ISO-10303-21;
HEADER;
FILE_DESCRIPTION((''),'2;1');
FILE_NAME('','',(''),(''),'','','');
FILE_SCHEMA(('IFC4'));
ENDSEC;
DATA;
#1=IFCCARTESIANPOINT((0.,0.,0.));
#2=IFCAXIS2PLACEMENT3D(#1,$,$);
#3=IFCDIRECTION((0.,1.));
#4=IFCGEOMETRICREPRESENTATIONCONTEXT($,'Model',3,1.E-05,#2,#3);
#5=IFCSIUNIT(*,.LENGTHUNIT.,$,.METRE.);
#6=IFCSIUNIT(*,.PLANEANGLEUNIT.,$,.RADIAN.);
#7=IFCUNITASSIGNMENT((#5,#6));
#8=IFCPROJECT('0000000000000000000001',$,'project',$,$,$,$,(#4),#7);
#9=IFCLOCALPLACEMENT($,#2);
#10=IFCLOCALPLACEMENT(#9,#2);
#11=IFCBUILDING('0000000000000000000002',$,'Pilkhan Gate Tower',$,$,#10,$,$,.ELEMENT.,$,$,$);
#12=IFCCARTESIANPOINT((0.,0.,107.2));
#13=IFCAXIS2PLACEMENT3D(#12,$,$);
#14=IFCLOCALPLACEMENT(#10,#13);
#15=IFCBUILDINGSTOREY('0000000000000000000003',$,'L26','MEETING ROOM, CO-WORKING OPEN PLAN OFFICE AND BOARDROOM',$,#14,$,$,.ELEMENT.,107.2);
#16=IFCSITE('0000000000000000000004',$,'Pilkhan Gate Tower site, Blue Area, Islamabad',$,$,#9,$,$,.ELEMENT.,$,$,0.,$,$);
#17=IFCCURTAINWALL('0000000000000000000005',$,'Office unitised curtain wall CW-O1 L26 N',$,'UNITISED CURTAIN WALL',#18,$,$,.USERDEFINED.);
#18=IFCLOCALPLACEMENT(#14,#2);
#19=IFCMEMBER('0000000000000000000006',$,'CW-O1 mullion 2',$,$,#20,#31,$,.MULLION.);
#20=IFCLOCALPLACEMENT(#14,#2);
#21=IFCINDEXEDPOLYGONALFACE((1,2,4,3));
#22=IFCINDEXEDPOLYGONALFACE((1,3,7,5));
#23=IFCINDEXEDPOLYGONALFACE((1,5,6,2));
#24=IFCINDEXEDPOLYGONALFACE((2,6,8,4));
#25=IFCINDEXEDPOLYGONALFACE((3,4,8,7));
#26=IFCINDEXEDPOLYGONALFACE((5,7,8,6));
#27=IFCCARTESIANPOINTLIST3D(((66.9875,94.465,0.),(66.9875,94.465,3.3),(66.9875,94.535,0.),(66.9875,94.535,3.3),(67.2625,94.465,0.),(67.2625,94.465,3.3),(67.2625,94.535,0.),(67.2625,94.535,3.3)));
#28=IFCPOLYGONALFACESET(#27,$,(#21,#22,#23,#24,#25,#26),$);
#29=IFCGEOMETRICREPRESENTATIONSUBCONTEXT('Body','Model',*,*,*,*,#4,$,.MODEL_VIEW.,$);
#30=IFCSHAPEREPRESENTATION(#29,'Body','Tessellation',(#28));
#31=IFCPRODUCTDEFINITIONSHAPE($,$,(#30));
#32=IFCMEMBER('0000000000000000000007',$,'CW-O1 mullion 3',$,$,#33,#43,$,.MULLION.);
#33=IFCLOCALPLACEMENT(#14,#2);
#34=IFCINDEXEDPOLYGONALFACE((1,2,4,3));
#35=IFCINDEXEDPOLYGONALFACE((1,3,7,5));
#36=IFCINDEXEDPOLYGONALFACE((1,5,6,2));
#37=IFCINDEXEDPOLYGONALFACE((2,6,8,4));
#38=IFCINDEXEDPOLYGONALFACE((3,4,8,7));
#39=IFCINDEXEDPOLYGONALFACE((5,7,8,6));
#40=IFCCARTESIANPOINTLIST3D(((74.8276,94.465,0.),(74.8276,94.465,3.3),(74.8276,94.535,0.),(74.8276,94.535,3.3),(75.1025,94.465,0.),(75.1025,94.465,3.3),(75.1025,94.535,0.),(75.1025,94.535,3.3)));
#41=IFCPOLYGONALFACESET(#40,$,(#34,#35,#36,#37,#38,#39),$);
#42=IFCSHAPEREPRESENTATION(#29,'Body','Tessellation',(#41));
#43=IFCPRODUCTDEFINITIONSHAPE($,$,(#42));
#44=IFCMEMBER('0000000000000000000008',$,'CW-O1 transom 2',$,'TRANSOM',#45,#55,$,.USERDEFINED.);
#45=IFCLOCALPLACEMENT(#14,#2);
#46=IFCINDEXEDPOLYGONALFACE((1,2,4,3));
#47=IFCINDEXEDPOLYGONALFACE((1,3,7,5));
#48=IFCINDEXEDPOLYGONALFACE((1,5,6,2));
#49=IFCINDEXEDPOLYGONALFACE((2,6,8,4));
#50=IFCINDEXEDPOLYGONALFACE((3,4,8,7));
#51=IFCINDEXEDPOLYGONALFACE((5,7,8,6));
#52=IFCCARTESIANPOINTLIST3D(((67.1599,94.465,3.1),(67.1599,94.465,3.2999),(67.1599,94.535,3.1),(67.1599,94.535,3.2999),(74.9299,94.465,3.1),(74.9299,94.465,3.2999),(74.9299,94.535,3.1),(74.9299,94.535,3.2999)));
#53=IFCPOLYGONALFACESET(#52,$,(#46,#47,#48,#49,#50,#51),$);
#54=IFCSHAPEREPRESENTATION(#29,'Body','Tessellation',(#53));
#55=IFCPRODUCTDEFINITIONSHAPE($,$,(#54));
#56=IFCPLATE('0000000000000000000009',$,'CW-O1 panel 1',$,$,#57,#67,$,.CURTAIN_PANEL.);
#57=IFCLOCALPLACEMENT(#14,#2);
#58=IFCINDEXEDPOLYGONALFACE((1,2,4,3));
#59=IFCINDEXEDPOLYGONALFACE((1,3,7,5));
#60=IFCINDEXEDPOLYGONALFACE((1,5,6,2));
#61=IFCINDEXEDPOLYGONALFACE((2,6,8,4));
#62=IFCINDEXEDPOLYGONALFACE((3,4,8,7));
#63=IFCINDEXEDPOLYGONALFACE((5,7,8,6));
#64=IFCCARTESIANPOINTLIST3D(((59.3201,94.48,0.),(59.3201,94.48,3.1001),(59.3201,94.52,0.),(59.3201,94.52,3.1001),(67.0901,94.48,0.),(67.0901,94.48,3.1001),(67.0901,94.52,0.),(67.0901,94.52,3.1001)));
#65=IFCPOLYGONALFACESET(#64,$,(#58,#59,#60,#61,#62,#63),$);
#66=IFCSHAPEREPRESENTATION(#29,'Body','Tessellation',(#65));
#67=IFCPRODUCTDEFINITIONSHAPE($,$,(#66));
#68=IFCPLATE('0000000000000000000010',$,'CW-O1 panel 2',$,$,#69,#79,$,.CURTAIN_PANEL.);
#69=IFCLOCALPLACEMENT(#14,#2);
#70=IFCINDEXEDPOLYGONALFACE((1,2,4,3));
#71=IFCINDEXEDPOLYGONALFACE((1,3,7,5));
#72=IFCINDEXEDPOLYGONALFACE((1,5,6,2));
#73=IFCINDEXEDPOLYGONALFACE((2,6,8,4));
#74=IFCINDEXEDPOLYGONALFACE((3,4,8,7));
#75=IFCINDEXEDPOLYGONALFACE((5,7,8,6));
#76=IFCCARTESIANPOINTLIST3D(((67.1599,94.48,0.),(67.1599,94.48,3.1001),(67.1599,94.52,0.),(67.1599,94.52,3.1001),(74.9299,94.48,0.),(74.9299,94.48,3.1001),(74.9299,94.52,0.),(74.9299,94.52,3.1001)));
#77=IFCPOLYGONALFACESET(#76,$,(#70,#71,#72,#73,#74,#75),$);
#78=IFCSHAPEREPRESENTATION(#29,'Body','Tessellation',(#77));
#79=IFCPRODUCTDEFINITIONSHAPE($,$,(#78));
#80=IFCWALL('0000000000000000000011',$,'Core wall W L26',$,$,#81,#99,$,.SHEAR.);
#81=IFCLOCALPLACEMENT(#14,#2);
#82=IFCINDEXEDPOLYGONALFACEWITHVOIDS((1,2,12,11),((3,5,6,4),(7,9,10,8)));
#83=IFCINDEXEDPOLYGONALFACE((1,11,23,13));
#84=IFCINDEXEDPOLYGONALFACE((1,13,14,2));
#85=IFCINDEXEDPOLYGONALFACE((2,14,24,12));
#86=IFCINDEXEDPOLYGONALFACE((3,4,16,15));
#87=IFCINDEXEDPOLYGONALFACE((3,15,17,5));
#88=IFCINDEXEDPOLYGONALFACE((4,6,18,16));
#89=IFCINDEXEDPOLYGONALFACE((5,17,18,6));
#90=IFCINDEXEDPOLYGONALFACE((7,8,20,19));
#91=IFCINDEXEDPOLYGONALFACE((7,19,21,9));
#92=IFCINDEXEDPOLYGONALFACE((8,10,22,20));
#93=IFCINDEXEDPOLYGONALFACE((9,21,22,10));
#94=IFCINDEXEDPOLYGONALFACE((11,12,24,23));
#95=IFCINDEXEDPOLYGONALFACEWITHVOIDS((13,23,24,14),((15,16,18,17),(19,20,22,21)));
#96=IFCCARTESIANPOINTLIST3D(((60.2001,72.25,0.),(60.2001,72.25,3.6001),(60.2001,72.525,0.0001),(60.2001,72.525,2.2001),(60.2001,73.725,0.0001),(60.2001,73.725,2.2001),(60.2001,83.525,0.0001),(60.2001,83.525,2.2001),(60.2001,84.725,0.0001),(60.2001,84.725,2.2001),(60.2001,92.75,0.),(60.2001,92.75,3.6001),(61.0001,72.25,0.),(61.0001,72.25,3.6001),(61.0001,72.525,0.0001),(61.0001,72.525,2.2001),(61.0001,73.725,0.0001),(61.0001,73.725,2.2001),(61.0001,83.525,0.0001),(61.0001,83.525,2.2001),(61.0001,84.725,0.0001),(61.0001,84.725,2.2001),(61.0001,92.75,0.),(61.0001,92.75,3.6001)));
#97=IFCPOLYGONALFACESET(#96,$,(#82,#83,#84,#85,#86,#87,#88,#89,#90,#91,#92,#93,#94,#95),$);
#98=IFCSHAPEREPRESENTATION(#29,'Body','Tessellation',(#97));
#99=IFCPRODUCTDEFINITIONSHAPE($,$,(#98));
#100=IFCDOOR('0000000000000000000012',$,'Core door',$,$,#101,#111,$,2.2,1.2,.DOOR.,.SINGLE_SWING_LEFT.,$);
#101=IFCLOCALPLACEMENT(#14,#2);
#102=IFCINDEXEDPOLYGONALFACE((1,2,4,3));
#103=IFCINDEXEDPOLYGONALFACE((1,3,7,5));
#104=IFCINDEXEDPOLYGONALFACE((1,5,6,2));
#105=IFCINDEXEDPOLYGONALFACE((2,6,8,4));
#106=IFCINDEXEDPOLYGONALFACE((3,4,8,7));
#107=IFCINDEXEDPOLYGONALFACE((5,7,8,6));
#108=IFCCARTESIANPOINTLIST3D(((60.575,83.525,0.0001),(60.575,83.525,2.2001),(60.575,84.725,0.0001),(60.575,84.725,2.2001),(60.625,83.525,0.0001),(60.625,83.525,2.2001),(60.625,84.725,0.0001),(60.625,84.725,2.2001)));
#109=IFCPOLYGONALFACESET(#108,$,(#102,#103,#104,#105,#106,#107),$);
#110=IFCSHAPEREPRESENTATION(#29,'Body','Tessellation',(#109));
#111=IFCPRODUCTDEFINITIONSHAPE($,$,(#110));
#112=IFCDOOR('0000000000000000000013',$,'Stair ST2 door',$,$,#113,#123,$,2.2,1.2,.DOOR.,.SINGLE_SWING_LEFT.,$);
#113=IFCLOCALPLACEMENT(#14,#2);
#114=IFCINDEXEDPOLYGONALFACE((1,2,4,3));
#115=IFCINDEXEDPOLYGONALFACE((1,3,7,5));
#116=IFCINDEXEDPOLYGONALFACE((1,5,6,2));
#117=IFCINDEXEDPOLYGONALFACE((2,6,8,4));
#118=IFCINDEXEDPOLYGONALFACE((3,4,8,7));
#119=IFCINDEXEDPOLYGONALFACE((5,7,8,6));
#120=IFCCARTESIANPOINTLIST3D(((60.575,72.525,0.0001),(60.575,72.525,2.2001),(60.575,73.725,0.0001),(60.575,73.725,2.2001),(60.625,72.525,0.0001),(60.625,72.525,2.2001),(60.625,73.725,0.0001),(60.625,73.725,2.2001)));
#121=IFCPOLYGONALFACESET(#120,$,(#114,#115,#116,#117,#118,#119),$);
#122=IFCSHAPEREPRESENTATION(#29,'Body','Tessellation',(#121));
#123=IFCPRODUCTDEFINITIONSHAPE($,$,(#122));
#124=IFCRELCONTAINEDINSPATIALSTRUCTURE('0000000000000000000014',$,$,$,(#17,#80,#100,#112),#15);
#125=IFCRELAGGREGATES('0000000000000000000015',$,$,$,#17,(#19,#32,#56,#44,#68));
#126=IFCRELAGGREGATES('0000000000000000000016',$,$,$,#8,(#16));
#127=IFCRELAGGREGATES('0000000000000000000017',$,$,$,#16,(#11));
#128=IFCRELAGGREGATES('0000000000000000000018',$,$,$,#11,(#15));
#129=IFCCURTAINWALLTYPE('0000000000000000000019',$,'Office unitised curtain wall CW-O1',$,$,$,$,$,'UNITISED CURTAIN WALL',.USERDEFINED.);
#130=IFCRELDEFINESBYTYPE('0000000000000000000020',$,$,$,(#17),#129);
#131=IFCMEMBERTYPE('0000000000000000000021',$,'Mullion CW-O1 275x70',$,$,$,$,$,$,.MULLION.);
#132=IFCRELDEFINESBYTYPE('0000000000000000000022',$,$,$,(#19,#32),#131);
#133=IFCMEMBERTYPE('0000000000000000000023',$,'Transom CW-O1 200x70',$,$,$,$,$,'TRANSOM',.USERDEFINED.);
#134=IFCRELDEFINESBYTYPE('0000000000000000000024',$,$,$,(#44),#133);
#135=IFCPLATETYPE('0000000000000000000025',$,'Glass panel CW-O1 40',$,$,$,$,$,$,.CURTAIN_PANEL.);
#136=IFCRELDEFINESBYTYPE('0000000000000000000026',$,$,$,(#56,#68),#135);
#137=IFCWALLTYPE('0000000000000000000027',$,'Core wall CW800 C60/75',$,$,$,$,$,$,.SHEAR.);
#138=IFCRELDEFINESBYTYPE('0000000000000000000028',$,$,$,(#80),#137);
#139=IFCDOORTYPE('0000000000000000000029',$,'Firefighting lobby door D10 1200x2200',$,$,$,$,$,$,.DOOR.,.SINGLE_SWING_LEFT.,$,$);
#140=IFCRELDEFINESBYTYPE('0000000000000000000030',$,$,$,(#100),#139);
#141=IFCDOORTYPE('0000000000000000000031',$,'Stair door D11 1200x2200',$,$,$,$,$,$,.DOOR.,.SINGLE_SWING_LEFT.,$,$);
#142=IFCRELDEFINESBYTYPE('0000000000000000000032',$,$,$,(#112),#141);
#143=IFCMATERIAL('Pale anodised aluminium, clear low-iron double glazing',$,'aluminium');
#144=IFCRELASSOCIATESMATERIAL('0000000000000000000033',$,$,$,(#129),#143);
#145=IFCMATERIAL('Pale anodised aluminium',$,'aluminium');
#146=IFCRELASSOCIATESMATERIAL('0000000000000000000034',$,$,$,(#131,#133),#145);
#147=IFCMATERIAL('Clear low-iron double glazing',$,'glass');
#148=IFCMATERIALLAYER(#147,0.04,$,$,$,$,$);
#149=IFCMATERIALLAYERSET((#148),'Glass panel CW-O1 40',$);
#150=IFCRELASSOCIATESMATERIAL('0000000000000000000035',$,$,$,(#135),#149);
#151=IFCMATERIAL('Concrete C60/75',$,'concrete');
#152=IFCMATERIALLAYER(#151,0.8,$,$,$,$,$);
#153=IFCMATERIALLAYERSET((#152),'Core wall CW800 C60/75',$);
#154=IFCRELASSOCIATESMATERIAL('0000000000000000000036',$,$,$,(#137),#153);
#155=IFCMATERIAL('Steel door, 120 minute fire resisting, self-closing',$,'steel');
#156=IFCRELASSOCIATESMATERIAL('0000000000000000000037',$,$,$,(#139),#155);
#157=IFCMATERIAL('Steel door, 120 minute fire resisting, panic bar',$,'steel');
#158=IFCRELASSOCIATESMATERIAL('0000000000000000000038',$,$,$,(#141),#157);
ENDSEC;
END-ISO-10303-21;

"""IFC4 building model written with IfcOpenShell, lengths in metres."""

from ifc_helpers import new_model, si_unit, direction, frame, frame_2d, origin, origin_2d, place, context, subcontext, project, spatial, rectangle, extrude, material, layer, layer_set, material_profile, profile_set, type_object, element, fill, aggregate, save


model = new_model("IFC4")

# Units and contexts
model_context = context("Model", 3, precision=1e-05, world=origin(), true_north=direction((0.0, 1.0)))
body_context = subcontext(model_context, "Body", "Model", "MODEL_VIEW")
ifc_project = project(units=[si_unit("LENGTHUNIT", "METRE"), si_unit("PLANEANGLEUNIT", "RADIAN")], contexts=[model_context])

# Site, building, storey
site_placement = place(None, origin())
site = spatial("IfcSite", under=ifc_project, at=site_placement, Name="Pilkhan Gate Tower site, Blue Area, Islamabad", CompositionType="ELEMENT", RefElevation=0.0)
building_placement = place(site_placement, origin())
building = spatial("IfcBuilding", under=site, at=building_placement, Name="Pilkhan Gate Tower", CompositionType="ELEMENT")
storey_placement = place(building_placement, frame((0.0, 0.0, 107.2)))
storey = spatial("IfcBuildingStorey", under=building, at=storey_placement, Name="L26", Description="MEETING ROOM, CO-WORKING OPEN PLAN OFFICE AND BOARDROOM", CompositionType="ELEMENT", Elevation=107.2)

# Curtain wall, members, plates
ifc_material_1 = material(Name="Pale anodised aluminium, clear low-iron double glazing", Category="aluminium")
curtain_wall_type = type_object("IfcCurtainWallType", Name="Office unitised curtain wall CW-O1", ElementType="UNITISED CURTAIN WALL", PredefinedType="USERDEFINED", material=ifc_material_1)
curtain_wall_placement = place(storey_placement, origin())
curtain_wall = element("IfcCurtainWall", 1, at=curtain_wall_placement, inside=storey, type_object=curtain_wall_type, Name="Office unitised curtain wall CW-O1 L26 N", ObjectType="UNITISED CURTAIN WALL", PredefinedType="USERDEFINED")
ifc_material_2 = material(Name="Pale anodised aluminium", Category="aluminium")
ifc_material_profile_1 = material_profile(ifc_material_2, rectangle(XDim=0.0701, YDim=0.2749, at=origin_2d()), Name="Mullion 275x70")
ifc_profile_set_1 = profile_set([ifc_material_profile_1], Name="Pale anodised aluminium")
member_type_1 = type_object("IfcMemberType", Name="Mullion CW-O1 275x70", PredefinedType="MULLION", material=ifc_profile_set_1)
member_1_placement = place(storey_placement, frame((67.125, 94.5, 0.0), z_axis=(0.0, 0.0, 1.0), x_axis=(0.0, 1.0, 0.0)))
member_1 = element("IfcMember", 2, at=member_1_placement, type_object=member_type_1, Name="CW-O1 mullion 2", PredefinedType="MULLION", context=body_context, shape_type="SweptSolid", body=[
    extrude(rectangle(XDim=0.0701, YDim=0.2749, at=origin_2d()), origin(), (0.0, 0.0, 1.0), 3.3),
])
member_2_placement = place(storey_placement, frame((74.9651, 94.5, 0.0), z_axis=(0.0, 0.0, 1.0), x_axis=(0.0, 1.0, 0.0)))
member_2 = element("IfcMember", 3, at=member_2_placement, type_object=member_type_1, Name="CW-O1 mullion 3", PredefinedType="MULLION", context=body_context, shape_type="SweptSolid", body=[
    extrude(rectangle(XDim=0.0701, YDim=0.2749, at=origin_2d()), origin(), (0.0, 0.0, 1.0), 3.3),
])
ifc_material_profile_2 = material_profile(ifc_material_2, rectangle(XDim=0.0701, YDim=0.2, at=origin_2d()), Name="Transom 200x70")
ifc_profile_set_2 = profile_set([ifc_material_profile_2], Name="Pale anodised aluminium")
member_type_2 = type_object("IfcMemberType", Name="Transom CW-O1 200x70", ElementType="TRANSOM", PredefinedType="USERDEFINED", material=ifc_profile_set_2)
member_3_placement = place(storey_placement, frame((67.1599, 94.5, 3.2), z_axis=(1.0, 0.0, 0.0), x_axis=(0.0, 1.0, 0.0)))
member_3 = element("IfcMember", 4, at=member_3_placement, type_object=member_type_2, Name="CW-O1 transom 2", ObjectType="TRANSOM", PredefinedType="USERDEFINED", context=body_context, shape_type="SweptSolid", body=[
    extrude(rectangle(XDim=0.0701, YDim=0.2, at=origin_2d()), origin(), (0.0, 0.0, 1.0), 7.77),
])
ifc_material_3 = material(Name="Clear low-iron double glazing", Category="glass")
ifc_layer_1 = layer(ifc_material_3, 0.04)
ifc_layer_set_1 = layer_set([ifc_layer_1], Name="Glass panel CW-O1 40")
plate_type = type_object("IfcPlateType", Name="Glass panel CW-O1 40", PredefinedType="CURTAIN_PANEL", material=ifc_layer_set_1)
plate_1_placement = place(storey_placement, frame((63.2051, 94.5, 0.0), z_axis=(0.0, 0.0, 1.0), x_axis=(1.0, 0.0, 0.0)))
plate_1 = element("IfcPlate", 5, at=plate_1_placement, type_object=plate_type, Name="CW-O1 panel 1", PredefinedType="CURTAIN_PANEL", context=body_context, shape_type="SweptSolid", body=[
    extrude(rectangle(XDim=7.77, YDim=0.04, at=origin_2d()), origin(), (0.0, 0.0, 1.0), 3.1001),
])
plate_2_placement = place(storey_placement, frame((71.0449, 94.5, 0.0), z_axis=(0.0, 0.0, 1.0), x_axis=(1.0, 0.0, 0.0)))
plate_2 = element("IfcPlate", 6, at=plate_2_placement, type_object=plate_type, Name="CW-O1 panel 2", PredefinedType="CURTAIN_PANEL", context=body_context, shape_type="SweptSolid", body=[
    extrude(rectangle(XDim=7.77, YDim=0.04, at=origin_2d()), origin(), (0.0, 0.0, 1.0), 3.1001),
])
aggregate(curtain_wall, [member_1, member_2, plate_1, member_3, plate_2])

# Wall, openings, doors
ifc_material_4 = material(Name="Concrete C60/75", Category="concrete")
ifc_layer_2 = layer(ifc_material_4, 0.8)
ifc_layer_set_2 = layer_set([ifc_layer_2], Name="Core wall CW800 C60/75")
wall_type_1 = type_object("IfcWallType", Name="Core wall CW800 C60/75", PredefinedType="SHEAR", material=ifc_layer_set_2)
wall_1_placement = place(storey_placement, frame((60.6001, 92.75, 0.0), z_axis=(0.0, 0.0, 1.0), x_axis=(0.0, -1.0, 0.0)))
wall_1 = element("IfcWall", 7, at=wall_1_placement, inside=storey, type_object=wall_type_1, Name="Core wall W L26", PredefinedType="SHEAR", context=body_context, shape_type="SweptSolid", body=[
    extrude(rectangle(XDim=20.5, YDim=0.8, at=frame_2d((10.25, 0.0))), origin(), (0.0, 0.0, 1.0), 3.6001),
])
opening_1_placement = place(wall_1_placement, frame((19.0249, 0.0, 0.0)))
opening_1 = element("IfcOpeningElement", 8, at=opening_1_placement, cuts=wall_1, PredefinedType="OPENING", context=body_context, shape_type="SweptSolid", body=[
    extrude(rectangle(XDim=1.2, YDim=2.2, at=frame_2d((0.6001, 1.1001))), frame((0.0, 0.4099, 0.0), z_axis=(0.0, -1.0, 0.0), x_axis=(1.0, 0.0, 0.0)), (0.0, 0.0, 1.0), 0.8201),
])
opening_2_placement = place(wall_1_placement, frame((8.0249, 0.0, 0.0)))
opening_2 = element("IfcOpeningElement", 9, at=opening_2_placement, cuts=wall_1, PredefinedType="OPENING", context=body_context, shape_type="SweptSolid", body=[
    extrude(rectangle(XDim=1.2, YDim=2.2, at=frame_2d((0.6001, 1.1001))), frame((0.0, 0.4099, 0.0), z_axis=(0.0, -1.0, 0.0), x_axis=(1.0, 0.0, 0.0)), (0.0, 0.0, 1.0), 0.8201),
])
ifc_material_5 = material(Name="Steel door, 120 minute fire resisting, self-closing", Category="steel")
door_type_1 = type_object("IfcDoorType", Name="Firefighting lobby door D10 1200x2200", OperationType="SINGLE_SWING_LEFT", PredefinedType="DOOR", material=ifc_material_5)
door_1_placement = place(opening_2_placement, origin())
door_1 = element("IfcDoor", 10, at=door_1_placement, inside=storey, type_object=door_type_1, Name="Core door", OperationType="SINGLE_SWING_LEFT", OverallHeight=2.2, OverallWidth=1.2, PredefinedType="DOOR", context=body_context, shape_type="SweptSolid", body=[
    extrude(rectangle(XDim=1.2, YDim=2.2, at=frame_2d((0.6001, 1.1001))), frame((0.0, 0.0249, 0.0), z_axis=(0.0, -1.0, 0.0), x_axis=(1.0, 0.0, 0.0)), (0.0, 0.0, 1.0), 0.05),
])
fill(opening_2, door_1)
ifc_material_6 = material(Name="Steel door, 120 minute fire resisting, panic bar", Category="steel")
door_type_2 = type_object("IfcDoorType", Name="Stair door D11 1200x2200", OperationType="SINGLE_SWING_LEFT", PredefinedType="DOOR", material=ifc_material_6)
door_2_placement = place(opening_1_placement, origin())
door_2 = element("IfcDoor", 11, at=door_2_placement, inside=storey, type_object=door_type_2, Name="Stair ST2 door", OperationType="SINGLE_SWING_LEFT", OverallHeight=2.2, OverallWidth=1.2, PredefinedType="DOOR", context=body_context, shape_type="SweptSolid", body=[
    extrude(rectangle(XDim=1.2, YDim=2.2, at=frame_2d((0.6001, 1.1001))), frame((0.0, 0.0249, 0.0), z_axis=(0.0, -1.0, 0.0), x_axis=(1.0, 0.0, 0.0)), (0.0, 0.0, 1.0), 0.05),
])
fill(opening_1, door_2)

save(model, "model.ifc")
